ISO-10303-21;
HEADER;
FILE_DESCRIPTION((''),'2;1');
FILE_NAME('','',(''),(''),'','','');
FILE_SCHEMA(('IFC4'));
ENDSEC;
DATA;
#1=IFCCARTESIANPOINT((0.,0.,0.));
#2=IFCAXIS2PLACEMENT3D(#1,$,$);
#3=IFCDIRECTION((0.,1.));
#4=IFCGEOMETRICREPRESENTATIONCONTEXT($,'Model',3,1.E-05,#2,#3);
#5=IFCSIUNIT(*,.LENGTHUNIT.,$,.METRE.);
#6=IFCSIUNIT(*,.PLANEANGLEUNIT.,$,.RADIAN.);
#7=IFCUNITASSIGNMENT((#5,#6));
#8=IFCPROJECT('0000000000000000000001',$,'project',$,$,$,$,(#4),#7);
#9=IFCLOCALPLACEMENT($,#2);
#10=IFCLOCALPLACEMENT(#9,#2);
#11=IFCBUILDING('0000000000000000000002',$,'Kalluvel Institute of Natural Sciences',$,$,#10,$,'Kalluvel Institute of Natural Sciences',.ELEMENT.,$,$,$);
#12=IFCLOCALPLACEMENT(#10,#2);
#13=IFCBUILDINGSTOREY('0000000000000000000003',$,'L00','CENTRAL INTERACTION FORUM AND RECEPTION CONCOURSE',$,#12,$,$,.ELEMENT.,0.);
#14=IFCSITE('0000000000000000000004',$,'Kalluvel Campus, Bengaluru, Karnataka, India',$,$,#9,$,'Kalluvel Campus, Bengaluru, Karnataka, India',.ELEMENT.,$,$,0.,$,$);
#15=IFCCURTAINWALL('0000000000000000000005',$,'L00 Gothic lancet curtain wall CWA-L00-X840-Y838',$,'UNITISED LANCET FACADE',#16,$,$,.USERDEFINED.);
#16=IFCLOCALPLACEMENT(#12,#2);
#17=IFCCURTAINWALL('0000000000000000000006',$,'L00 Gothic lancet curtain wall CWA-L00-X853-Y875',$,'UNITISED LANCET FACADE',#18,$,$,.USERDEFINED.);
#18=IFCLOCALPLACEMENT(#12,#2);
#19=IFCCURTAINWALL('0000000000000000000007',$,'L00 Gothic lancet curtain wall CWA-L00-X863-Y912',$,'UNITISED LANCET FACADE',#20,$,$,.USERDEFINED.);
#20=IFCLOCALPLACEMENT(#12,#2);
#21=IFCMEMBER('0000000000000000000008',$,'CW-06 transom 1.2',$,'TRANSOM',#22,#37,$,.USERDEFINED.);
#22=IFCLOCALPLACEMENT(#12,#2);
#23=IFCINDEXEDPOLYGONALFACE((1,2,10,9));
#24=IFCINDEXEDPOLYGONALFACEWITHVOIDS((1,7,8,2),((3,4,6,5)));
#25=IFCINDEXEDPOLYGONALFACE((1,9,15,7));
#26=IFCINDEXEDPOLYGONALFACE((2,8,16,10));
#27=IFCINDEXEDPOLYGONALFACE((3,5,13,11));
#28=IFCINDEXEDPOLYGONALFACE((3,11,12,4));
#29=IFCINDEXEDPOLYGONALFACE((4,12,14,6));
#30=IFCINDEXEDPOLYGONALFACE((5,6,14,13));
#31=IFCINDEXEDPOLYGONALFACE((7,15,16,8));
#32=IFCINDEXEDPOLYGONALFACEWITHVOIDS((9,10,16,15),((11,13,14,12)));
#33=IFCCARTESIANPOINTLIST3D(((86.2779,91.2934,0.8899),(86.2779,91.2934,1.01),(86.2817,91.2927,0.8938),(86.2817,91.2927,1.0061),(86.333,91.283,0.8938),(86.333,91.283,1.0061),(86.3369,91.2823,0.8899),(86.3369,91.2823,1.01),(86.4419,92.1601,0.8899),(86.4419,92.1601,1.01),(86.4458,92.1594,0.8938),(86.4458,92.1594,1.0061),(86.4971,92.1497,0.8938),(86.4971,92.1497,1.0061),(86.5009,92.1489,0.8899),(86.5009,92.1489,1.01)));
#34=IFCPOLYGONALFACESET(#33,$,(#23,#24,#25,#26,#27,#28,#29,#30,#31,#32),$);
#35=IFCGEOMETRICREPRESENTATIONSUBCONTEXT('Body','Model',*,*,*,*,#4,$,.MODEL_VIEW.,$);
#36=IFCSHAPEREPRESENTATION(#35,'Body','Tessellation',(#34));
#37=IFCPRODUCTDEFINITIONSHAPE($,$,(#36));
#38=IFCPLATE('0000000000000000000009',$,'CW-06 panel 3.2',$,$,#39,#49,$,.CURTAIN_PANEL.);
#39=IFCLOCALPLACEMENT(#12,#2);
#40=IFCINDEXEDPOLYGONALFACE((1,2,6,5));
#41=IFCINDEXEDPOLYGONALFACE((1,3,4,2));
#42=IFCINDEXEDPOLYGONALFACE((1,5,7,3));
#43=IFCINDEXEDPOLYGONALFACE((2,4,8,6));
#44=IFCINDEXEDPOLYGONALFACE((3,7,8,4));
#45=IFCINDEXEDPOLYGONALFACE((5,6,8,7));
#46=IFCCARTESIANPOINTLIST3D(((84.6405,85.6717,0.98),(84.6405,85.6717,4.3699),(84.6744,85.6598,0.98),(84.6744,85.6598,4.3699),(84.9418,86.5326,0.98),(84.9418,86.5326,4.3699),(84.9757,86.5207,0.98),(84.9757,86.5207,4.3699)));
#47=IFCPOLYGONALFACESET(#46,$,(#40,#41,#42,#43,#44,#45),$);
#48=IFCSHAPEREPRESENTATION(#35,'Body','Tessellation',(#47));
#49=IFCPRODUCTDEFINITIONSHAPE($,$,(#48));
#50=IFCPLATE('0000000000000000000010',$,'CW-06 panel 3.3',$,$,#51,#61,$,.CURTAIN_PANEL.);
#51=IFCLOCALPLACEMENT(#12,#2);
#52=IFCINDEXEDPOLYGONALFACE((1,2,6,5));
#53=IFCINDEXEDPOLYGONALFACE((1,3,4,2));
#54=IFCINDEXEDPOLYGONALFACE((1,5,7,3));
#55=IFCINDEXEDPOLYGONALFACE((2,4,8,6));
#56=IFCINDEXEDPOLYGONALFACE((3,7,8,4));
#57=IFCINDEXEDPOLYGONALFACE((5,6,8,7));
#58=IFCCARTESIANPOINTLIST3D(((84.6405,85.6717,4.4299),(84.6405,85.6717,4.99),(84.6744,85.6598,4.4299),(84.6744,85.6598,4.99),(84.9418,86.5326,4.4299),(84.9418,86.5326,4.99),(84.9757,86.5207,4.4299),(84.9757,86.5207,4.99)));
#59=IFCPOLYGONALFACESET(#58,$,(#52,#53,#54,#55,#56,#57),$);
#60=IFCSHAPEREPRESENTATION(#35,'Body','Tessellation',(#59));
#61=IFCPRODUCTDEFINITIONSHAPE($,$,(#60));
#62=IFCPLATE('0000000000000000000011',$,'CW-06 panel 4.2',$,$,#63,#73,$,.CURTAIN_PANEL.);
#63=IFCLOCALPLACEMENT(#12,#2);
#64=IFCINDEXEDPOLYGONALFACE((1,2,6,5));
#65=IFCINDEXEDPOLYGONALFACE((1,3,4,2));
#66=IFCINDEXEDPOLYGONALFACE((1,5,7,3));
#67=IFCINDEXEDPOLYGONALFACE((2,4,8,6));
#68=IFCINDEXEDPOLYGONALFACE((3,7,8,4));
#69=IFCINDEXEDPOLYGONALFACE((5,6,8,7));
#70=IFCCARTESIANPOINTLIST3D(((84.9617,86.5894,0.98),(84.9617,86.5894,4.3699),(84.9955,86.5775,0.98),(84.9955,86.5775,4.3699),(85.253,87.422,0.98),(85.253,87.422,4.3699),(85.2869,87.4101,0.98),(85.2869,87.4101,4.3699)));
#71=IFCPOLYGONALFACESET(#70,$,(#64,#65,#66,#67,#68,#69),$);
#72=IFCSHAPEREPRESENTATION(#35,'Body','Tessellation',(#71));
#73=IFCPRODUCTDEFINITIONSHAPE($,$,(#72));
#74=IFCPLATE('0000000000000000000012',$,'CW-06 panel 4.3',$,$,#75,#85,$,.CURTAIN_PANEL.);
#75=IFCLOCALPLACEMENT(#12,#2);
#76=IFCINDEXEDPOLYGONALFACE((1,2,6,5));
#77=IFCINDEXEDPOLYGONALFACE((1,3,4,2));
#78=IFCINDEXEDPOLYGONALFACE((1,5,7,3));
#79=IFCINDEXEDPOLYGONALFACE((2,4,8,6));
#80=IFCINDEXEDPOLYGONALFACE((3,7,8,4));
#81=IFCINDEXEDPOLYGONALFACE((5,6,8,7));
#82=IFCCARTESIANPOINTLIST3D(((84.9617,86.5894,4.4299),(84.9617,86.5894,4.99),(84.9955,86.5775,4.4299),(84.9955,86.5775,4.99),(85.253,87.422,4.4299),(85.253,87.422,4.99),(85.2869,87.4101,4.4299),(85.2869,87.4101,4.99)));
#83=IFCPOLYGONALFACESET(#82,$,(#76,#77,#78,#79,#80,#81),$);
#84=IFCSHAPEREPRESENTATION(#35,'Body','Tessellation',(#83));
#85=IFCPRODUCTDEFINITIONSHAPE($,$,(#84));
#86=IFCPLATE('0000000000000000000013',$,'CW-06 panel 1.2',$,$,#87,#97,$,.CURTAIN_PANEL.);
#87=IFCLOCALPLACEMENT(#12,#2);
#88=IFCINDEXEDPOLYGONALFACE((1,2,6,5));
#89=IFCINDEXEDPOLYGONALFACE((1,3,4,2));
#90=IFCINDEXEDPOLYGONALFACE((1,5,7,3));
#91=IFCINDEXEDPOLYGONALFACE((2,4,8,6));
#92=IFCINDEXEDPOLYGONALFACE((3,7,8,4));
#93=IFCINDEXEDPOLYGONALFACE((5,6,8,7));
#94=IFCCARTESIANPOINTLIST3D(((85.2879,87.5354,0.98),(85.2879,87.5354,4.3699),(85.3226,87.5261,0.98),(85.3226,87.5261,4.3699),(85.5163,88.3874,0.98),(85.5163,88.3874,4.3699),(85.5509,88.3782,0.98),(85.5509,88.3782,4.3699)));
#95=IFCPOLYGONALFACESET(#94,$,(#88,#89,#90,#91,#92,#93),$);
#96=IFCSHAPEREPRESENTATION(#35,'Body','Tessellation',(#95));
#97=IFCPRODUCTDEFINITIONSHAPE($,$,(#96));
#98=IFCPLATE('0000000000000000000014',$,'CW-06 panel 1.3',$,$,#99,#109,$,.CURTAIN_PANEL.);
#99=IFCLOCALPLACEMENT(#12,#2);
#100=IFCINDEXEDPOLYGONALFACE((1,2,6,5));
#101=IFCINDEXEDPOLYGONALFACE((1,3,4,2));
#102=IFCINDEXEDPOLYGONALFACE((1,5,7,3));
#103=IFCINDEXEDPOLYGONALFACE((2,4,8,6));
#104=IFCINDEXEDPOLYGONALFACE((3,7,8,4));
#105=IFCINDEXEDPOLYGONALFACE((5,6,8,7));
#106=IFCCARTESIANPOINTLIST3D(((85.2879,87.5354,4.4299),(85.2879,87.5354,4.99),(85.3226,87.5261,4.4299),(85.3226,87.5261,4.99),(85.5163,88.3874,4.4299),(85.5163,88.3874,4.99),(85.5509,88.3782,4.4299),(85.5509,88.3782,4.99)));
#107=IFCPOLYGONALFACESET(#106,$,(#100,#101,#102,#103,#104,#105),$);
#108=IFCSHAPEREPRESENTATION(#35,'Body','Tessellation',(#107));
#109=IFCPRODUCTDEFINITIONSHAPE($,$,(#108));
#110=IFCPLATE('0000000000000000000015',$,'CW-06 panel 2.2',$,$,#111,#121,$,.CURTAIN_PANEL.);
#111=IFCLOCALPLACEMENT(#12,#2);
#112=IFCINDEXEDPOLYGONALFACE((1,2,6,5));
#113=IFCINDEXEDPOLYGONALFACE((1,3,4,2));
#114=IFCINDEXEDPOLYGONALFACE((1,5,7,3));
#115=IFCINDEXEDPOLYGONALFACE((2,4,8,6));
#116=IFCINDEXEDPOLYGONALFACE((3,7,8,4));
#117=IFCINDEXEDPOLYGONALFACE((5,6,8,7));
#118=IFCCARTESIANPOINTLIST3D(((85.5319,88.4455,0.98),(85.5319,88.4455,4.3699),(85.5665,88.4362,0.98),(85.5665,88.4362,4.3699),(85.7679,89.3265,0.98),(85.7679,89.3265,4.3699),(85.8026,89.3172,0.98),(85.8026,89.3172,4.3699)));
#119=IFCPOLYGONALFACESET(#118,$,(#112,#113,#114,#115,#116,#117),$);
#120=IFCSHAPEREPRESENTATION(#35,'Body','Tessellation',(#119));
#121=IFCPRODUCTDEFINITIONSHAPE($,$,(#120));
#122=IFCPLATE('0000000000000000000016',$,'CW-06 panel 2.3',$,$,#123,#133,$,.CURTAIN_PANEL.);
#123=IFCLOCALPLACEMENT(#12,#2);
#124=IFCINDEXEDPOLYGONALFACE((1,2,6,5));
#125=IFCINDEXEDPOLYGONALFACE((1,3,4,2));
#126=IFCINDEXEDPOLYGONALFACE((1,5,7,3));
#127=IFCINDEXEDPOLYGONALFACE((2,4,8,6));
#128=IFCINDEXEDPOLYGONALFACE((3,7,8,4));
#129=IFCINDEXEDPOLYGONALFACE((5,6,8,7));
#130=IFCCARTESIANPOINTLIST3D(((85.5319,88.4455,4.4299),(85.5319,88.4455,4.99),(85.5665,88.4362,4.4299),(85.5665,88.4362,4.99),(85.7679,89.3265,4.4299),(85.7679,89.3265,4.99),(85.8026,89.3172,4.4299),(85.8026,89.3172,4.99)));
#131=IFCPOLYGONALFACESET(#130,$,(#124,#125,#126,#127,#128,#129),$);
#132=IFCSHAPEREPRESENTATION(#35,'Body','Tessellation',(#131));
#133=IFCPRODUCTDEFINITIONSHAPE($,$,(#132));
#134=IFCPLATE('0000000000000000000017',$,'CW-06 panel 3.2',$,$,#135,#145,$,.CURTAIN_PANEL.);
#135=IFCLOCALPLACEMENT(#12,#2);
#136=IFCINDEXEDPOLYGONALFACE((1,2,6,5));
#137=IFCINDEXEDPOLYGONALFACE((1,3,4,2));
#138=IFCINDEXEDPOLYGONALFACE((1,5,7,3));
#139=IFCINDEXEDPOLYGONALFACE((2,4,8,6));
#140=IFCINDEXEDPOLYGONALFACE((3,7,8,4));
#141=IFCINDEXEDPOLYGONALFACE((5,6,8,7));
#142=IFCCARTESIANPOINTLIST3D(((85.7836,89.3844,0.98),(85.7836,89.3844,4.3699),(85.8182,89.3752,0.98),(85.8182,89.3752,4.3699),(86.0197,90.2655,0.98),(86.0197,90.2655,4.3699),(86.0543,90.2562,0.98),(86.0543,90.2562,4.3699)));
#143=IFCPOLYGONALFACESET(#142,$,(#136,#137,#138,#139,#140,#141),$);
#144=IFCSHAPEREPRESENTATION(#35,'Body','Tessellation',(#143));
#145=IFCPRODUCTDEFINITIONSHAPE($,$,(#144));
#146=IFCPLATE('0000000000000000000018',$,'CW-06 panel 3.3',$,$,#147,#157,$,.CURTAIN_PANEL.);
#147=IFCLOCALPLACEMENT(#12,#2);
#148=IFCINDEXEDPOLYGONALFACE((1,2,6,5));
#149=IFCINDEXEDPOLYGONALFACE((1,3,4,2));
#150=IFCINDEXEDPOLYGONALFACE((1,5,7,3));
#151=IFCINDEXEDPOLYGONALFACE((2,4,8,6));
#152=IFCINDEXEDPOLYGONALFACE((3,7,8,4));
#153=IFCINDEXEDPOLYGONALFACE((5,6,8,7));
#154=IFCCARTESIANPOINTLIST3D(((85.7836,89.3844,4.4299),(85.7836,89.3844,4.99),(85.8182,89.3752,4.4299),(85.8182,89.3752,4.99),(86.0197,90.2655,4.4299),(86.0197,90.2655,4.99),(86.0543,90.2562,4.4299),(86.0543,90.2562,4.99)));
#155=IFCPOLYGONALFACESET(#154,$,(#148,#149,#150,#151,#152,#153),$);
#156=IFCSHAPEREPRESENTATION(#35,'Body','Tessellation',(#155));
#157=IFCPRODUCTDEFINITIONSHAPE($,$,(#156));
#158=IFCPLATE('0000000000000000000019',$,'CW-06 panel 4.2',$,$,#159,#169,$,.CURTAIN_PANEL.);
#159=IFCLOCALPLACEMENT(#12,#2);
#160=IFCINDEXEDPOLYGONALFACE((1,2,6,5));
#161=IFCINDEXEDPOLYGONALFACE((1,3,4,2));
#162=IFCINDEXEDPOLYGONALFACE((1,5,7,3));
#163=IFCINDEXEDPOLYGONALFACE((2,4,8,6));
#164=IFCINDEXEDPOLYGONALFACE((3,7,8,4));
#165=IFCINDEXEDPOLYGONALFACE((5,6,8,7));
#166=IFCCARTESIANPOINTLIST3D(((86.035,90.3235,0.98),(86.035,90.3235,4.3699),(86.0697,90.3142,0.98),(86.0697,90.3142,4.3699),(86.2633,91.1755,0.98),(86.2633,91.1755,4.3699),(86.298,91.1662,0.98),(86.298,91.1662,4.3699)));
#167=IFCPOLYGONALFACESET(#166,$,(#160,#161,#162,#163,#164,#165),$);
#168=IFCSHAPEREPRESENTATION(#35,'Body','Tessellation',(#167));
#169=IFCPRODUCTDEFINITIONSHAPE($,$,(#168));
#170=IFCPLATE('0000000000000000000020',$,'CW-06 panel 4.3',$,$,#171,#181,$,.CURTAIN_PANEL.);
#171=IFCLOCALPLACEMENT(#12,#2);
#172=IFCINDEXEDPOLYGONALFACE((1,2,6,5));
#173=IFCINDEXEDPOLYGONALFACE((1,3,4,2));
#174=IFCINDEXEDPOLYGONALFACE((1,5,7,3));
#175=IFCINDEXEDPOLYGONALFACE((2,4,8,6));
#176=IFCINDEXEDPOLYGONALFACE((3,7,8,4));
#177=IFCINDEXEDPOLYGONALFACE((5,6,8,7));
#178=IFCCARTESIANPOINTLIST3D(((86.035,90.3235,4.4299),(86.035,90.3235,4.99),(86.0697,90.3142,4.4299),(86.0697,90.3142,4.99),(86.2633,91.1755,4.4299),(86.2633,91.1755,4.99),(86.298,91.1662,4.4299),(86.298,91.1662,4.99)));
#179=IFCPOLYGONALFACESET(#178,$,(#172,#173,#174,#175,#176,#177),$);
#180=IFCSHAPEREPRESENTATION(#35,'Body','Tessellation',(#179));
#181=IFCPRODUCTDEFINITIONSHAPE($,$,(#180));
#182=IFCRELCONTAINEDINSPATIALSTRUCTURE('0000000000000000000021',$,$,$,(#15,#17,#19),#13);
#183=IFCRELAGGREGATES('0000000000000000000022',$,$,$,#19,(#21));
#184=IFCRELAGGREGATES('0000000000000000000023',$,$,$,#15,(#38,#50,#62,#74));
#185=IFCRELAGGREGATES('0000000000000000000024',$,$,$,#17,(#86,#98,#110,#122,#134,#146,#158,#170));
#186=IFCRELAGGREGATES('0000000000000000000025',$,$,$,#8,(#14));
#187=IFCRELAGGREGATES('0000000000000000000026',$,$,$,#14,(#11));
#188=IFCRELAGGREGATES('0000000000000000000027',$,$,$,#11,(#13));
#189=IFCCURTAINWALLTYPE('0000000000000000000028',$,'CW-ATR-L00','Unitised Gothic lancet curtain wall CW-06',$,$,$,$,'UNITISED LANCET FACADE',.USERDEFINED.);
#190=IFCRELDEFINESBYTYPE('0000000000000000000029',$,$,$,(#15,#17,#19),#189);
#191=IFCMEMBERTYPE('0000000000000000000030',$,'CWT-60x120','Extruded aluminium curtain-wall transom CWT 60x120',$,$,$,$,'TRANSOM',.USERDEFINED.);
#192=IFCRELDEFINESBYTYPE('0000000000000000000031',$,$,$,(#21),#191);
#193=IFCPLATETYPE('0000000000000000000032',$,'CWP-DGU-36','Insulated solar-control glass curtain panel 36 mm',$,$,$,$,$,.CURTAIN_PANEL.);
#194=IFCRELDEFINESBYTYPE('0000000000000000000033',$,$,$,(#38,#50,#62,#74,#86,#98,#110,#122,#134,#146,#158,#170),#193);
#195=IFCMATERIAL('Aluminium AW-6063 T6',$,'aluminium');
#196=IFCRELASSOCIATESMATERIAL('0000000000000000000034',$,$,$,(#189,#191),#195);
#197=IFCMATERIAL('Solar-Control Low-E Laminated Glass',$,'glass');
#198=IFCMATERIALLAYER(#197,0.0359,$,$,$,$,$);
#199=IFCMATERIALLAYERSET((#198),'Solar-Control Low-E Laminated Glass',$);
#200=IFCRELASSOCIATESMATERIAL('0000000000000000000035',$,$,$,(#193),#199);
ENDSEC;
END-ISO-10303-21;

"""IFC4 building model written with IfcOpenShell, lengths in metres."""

from ifc_helpers import new_model, si_unit, direction, frame, origin, origin_2d, place, context, subcontext, project, spatial, rectangle, hollow_rectangle, extrude, material, layer, layer_set, material_profile, profile_set, type_object, element, aggregate, save


model = new_model("IFC4")

# Units and contexts
model_context = context("Model", 3, precision=1e-05, world=origin(), true_north=direction((0.0, 1.0)))
body_context = subcontext(model_context, "Body", "Model", "MODEL_VIEW")
ifc_project = project(units=[si_unit("LENGTHUNIT", "METRE"), si_unit("PLANEANGLEUNIT", "RADIAN")], contexts=[model_context])

# Site, building, storey
site_placement = place(None, origin())
site = spatial("IfcSite", under=ifc_project, at=site_placement, Name="Kalluvel Campus, Bengaluru, Karnataka, India", LongName="Kalluvel Campus, Bengaluru, Karnataka, India", CompositionType="ELEMENT", RefElevation=0.0)
building_placement = place(site_placement, origin())
building = spatial("IfcBuilding", under=site, at=building_placement, Name="Kalluvel Institute of Natural Sciences", LongName="Kalluvel Institute of Natural Sciences", CompositionType="ELEMENT")
storey_placement = place(building_placement, origin())
storey = spatial("IfcBuildingStorey", under=building, at=storey_placement, Name="L00", Description="CENTRAL INTERACTION FORUM AND RECEPTION CONCOURSE", CompositionType="ELEMENT", Elevation=0.0)

# Curtain walls
ifc_material_1 = material(Name="Aluminium AW-6063 T6", Category="aluminium")
curtain_wall_type = type_object("IfcCurtainWallType", Name="CW-ATR-L00", Description="Unitised Gothic lancet curtain wall CW-06", ElementType="UNITISED LANCET FACADE", PredefinedType="USERDEFINED", material=ifc_material_1)
curtain_wall_1_placement = place(storey_placement, origin())
curtain_wall_1 = element("IfcCurtainWall", 1, at=curtain_wall_1_placement, inside=storey, type_object=curtain_wall_type, Name="L00 Gothic lancet curtain wall CWA-L00-X840-Y838", ObjectType="UNITISED LANCET FACADE", PredefinedType="USERDEFINED")
ifc_material_profile = material_profile(ifc_material_1, hollow_rectangle(XDim=0.0601, YDim=0.1201, WallThickness=0.0039, at=origin_2d()), Name="CWT 60x120")
ifc_profile_set = profile_set([ifc_material_profile], Name="Aluminium AW-6063 T6")
member_type = type_object("IfcMemberType", Name="CWT-60x120", Description="Extruded aluminium curtain-wall transom CWT 60x120", ElementType="TRANSOM", PredefinedType="USERDEFINED", material=ifc_profile_set)
curtain_wall_2_placement = place(storey_placement, origin())
curtain_wall_2 = element("IfcCurtainWall", 2, at=curtain_wall_2_placement, inside=storey, type_object=curtain_wall_type, Name="L00 Gothic lancet curtain wall CWA-L00-X853-Y875", ObjectType="UNITISED LANCET FACADE", PredefinedType="USERDEFINED")

# Curtain wall, member
curtain_wall_3_placement = place(storey_placement, origin())
curtain_wall_3 = element("IfcCurtainWall", 3, at=curtain_wall_3_placement, inside=storey, type_object=curtain_wall_type, Name="L00 Gothic lancet curtain wall CWA-L00-X863-Y912", ObjectType="UNITISED LANCET FACADE", PredefinedType="USERDEFINED")
member_1_placement = place(storey_placement, frame((86.3074, 91.2878, 0.95), z_axis=(0.185993, 0.982551, 0.0), x_axis=(-0.982551, 0.185993, 0.0)))
member_1 = element("IfcMember", 4, at=member_1_placement, type_object=member_type, Name="CW-06 transom 1.2", ObjectType="TRANSOM", PredefinedType="USERDEFINED", context=body_context, shape_type="SweptSolid", body=[
    extrude(hollow_rectangle(XDim=0.0601, YDim=0.1201, WallThickness=0.0039, at=origin_2d()), origin(), (0.0, 0.0, 1.0), 0.8821),
])
aggregate(curtain_wall_3, [member_1])

# Plates
ifc_material_2 = material(Name="Solar-Control Low-E Laminated Glass", Category="glass")
ifc_layer = layer(ifc_material_2, 0.0359)
ifc_layer_set = layer_set([ifc_layer], Name="Solar-Control Low-E Laminated Glass")
plate_type = type_object("IfcPlateType", Name="CWP-DGU-36", Description="Insulated solar-control glass curtain panel 36 mm", PredefinedType="CURTAIN_PANEL", material=ifc_layer_set)
plate_1_placement = place(storey_placement, frame((84.8081, 86.0962, 0.98), z_axis=(0.0, 0.0, 1.0), x_axis=(0.330295, 0.943878, 0.0)))
plate_1 = element("IfcPlate", 5, at=plate_1_placement, type_object=plate_type, Name="CW-06 panel 3.2", PredefinedType="CURTAIN_PANEL", context=body_context, shape_type="SweptSolid", body=[
    extrude(rectangle(XDim=0.9121, YDim=0.0359, at=origin_2d()), origin(), (0.0, 0.0, 1.0), 3.3899),
])
plate_2_placement = place(storey_placement, frame((84.8081, 86.0962, 4.4299), z_axis=(0.0, 0.0, 1.0), x_axis=(0.330295, 0.943878, 0.0)))
plate_2 = element("IfcPlate", 6, at=plate_2_placement, type_object=plate_type, Name="CW-06 panel 3.3", PredefinedType="CURTAIN_PANEL", context=body_context, shape_type="SweptSolid", body=[
    extrude(rectangle(XDim=0.9121, YDim=0.0359, at=origin_2d()), origin(), (0.0, 0.0, 1.0), 0.5601),
])
plate_3_placement = place(storey_placement, frame((85.1243, 86.9998, 0.98), z_axis=(0.0, 0.0, 1.0), x_axis=(0.330295, 0.943878, 0.0)))
plate_3 = element("IfcPlate", 7, at=plate_3_placement, type_object=plate_type, Name="CW-06 panel 4.2", PredefinedType="CURTAIN_PANEL", context=body_context, shape_type="SweptSolid", body=[
    extrude(rectangle(XDim=0.8821, YDim=0.0359, at=origin_2d()), origin(), (0.0, 0.0, 1.0), 3.3899),
])
plate_4_placement = place(storey_placement, frame((85.1243, 86.9998, 4.4299), z_axis=(0.0, 0.0, 1.0), x_axis=(0.330295, 0.943878, 0.0)))
plate_4 = element("IfcPlate", 8, at=plate_4_placement, type_object=plate_type, Name="CW-06 panel 4.3", PredefinedType="CURTAIN_PANEL", context=body_context, shape_type="SweptSolid", body=[
    extrude(rectangle(XDim=0.8821, YDim=0.0359, at=origin_2d()), origin(), (0.0, 0.0, 1.0), 0.5601),
])
aggregate(curtain_wall_1, [plate_1, plate_2, plate_3, plate_4])
plate_5_placement = place(storey_placement, frame((85.4194, 87.9568, 0.98), z_axis=(0.0, 0.0, 1.0), x_axis=(0.258826, 0.965924, 0.0)))
plate_5 = element("IfcPlate", 9, at=plate_5_placement, type_object=plate_type, Name="CW-06 panel 1.2", PredefinedType="CURTAIN_PANEL", context=body_context, shape_type="SweptSolid", body=[
    extrude(rectangle(XDim=0.8821, YDim=0.0359, at=origin_2d()), origin(), (0.0, 0.0, 1.0), 3.3899),
])
plate_6_placement = place(storey_placement, frame((85.4194, 87.9568, 4.4299), z_axis=(0.0, 0.0, 1.0), x_axis=(0.258826, 0.965924, 0.0)))
plate_6 = element("IfcPlate", 10, at=plate_6_placement, type_object=plate_type, Name="CW-06 panel 1.3", PredefinedType="CURTAIN_PANEL", context=body_context, shape_type="SweptSolid", body=[
    extrude(rectangle(XDim=0.8821, YDim=0.0359, at=origin_2d()), origin(), (0.0, 0.0, 1.0), 0.5601),
])
plate_7_placement = place(storey_placement, frame((85.6672, 88.8813, 0.98), z_axis=(0.0, 0.0, 1.0), x_axis=(0.258826, 0.965924, 0.0)))
plate_7 = element("IfcPlate", 11, at=plate_7_placement, type_object=plate_type, Name="CW-06 panel 2.2", PredefinedType="CURTAIN_PANEL", context=body_context, shape_type="SweptSolid", body=[
    extrude(rectangle(XDim=0.9121, YDim=0.0359, at=origin_2d()), origin(), (0.0, 0.0, 1.0), 3.3899),
])
plate_8_placement = place(storey_placement, frame((85.6672, 88.8813, 4.4299), z_axis=(0.0, 0.0, 1.0), x_axis=(0.258826, 0.965924, 0.0)))
plate_8 = element("IfcPlate", 12, at=plate_8_placement, type_object=plate_type, Name="CW-06 panel 2.3", PredefinedType="CURTAIN_PANEL", context=body_context, shape_type="SweptSolid", body=[
    extrude(rectangle(XDim=0.9121, YDim=0.0359, at=origin_2d()), origin(), (0.0, 0.0, 1.0), 0.5601),
])
plate_9_placement = place(storey_placement, frame((85.9189, 89.8203, 0.98), z_axis=(0.0, 0.0, 1.0), x_axis=(0.258826, 0.965924, 0.0)))
plate_9 = element("IfcPlate", 13, at=plate_9_placement, type_object=plate_type, Name="CW-06 panel 3.2", PredefinedType="CURTAIN_PANEL", context=body_context, shape_type="SweptSolid", body=[
    extrude(rectangle(XDim=0.9121, YDim=0.0359, at=origin_2d()), origin(), (0.0, 0.0, 1.0), 3.3899),
])
plate_10_placement = place(storey_placement, frame((85.9189, 89.8203, 4.4299), z_axis=(0.0, 0.0, 1.0), x_axis=(0.258826, 0.965924, 0.0)))
plate_10 = element("IfcPlate", 14, at=plate_10_placement, type_object=plate_type, Name="CW-06 panel 3.3", PredefinedType="CURTAIN_PANEL", context=body_context, shape_type="SweptSolid", body=[
    extrude(rectangle(XDim=0.9121, YDim=0.0359, at=origin_2d()), origin(), (0.0, 0.0, 1.0), 0.5601),
])
plate_11_placement = place(storey_placement, frame((86.1665, 90.7449, 0.98), z_axis=(0.0, 0.0, 1.0), x_axis=(0.258826, 0.965924, 0.0)))
plate_11 = element("IfcPlate", 15, at=plate_11_placement, type_object=plate_type, Name="CW-06 panel 4.2", PredefinedType="CURTAIN_PANEL", context=body_context, shape_type="SweptSolid", body=[
    extrude(rectangle(XDim=0.8821, YDim=0.0359, at=origin_2d()), origin(), (0.0, 0.0, 1.0), 3.3899),
])
plate_12_placement = place(storey_placement, frame((86.1665, 90.7449, 4.4299), z_axis=(0.0, 0.0, 1.0), x_axis=(0.258826, 0.965924, 0.0)))
plate_12 = element("IfcPlate", 16, at=plate_12_placement, type_object=plate_type, Name="CW-06 panel 4.3", PredefinedType="CURTAIN_PANEL", context=body_context, shape_type="SweptSolid", body=[
    extrude(rectangle(XDim=0.8821, YDim=0.0359, at=origin_2d()), origin(), (0.0, 0.0, 1.0), 0.5601),
])
aggregate(curtain_wall_2, [plate_5, plate_6, plate_7, plate_8, plate_9, plate_10, plate_11, plate_12])

save(model, "model.ifc")
